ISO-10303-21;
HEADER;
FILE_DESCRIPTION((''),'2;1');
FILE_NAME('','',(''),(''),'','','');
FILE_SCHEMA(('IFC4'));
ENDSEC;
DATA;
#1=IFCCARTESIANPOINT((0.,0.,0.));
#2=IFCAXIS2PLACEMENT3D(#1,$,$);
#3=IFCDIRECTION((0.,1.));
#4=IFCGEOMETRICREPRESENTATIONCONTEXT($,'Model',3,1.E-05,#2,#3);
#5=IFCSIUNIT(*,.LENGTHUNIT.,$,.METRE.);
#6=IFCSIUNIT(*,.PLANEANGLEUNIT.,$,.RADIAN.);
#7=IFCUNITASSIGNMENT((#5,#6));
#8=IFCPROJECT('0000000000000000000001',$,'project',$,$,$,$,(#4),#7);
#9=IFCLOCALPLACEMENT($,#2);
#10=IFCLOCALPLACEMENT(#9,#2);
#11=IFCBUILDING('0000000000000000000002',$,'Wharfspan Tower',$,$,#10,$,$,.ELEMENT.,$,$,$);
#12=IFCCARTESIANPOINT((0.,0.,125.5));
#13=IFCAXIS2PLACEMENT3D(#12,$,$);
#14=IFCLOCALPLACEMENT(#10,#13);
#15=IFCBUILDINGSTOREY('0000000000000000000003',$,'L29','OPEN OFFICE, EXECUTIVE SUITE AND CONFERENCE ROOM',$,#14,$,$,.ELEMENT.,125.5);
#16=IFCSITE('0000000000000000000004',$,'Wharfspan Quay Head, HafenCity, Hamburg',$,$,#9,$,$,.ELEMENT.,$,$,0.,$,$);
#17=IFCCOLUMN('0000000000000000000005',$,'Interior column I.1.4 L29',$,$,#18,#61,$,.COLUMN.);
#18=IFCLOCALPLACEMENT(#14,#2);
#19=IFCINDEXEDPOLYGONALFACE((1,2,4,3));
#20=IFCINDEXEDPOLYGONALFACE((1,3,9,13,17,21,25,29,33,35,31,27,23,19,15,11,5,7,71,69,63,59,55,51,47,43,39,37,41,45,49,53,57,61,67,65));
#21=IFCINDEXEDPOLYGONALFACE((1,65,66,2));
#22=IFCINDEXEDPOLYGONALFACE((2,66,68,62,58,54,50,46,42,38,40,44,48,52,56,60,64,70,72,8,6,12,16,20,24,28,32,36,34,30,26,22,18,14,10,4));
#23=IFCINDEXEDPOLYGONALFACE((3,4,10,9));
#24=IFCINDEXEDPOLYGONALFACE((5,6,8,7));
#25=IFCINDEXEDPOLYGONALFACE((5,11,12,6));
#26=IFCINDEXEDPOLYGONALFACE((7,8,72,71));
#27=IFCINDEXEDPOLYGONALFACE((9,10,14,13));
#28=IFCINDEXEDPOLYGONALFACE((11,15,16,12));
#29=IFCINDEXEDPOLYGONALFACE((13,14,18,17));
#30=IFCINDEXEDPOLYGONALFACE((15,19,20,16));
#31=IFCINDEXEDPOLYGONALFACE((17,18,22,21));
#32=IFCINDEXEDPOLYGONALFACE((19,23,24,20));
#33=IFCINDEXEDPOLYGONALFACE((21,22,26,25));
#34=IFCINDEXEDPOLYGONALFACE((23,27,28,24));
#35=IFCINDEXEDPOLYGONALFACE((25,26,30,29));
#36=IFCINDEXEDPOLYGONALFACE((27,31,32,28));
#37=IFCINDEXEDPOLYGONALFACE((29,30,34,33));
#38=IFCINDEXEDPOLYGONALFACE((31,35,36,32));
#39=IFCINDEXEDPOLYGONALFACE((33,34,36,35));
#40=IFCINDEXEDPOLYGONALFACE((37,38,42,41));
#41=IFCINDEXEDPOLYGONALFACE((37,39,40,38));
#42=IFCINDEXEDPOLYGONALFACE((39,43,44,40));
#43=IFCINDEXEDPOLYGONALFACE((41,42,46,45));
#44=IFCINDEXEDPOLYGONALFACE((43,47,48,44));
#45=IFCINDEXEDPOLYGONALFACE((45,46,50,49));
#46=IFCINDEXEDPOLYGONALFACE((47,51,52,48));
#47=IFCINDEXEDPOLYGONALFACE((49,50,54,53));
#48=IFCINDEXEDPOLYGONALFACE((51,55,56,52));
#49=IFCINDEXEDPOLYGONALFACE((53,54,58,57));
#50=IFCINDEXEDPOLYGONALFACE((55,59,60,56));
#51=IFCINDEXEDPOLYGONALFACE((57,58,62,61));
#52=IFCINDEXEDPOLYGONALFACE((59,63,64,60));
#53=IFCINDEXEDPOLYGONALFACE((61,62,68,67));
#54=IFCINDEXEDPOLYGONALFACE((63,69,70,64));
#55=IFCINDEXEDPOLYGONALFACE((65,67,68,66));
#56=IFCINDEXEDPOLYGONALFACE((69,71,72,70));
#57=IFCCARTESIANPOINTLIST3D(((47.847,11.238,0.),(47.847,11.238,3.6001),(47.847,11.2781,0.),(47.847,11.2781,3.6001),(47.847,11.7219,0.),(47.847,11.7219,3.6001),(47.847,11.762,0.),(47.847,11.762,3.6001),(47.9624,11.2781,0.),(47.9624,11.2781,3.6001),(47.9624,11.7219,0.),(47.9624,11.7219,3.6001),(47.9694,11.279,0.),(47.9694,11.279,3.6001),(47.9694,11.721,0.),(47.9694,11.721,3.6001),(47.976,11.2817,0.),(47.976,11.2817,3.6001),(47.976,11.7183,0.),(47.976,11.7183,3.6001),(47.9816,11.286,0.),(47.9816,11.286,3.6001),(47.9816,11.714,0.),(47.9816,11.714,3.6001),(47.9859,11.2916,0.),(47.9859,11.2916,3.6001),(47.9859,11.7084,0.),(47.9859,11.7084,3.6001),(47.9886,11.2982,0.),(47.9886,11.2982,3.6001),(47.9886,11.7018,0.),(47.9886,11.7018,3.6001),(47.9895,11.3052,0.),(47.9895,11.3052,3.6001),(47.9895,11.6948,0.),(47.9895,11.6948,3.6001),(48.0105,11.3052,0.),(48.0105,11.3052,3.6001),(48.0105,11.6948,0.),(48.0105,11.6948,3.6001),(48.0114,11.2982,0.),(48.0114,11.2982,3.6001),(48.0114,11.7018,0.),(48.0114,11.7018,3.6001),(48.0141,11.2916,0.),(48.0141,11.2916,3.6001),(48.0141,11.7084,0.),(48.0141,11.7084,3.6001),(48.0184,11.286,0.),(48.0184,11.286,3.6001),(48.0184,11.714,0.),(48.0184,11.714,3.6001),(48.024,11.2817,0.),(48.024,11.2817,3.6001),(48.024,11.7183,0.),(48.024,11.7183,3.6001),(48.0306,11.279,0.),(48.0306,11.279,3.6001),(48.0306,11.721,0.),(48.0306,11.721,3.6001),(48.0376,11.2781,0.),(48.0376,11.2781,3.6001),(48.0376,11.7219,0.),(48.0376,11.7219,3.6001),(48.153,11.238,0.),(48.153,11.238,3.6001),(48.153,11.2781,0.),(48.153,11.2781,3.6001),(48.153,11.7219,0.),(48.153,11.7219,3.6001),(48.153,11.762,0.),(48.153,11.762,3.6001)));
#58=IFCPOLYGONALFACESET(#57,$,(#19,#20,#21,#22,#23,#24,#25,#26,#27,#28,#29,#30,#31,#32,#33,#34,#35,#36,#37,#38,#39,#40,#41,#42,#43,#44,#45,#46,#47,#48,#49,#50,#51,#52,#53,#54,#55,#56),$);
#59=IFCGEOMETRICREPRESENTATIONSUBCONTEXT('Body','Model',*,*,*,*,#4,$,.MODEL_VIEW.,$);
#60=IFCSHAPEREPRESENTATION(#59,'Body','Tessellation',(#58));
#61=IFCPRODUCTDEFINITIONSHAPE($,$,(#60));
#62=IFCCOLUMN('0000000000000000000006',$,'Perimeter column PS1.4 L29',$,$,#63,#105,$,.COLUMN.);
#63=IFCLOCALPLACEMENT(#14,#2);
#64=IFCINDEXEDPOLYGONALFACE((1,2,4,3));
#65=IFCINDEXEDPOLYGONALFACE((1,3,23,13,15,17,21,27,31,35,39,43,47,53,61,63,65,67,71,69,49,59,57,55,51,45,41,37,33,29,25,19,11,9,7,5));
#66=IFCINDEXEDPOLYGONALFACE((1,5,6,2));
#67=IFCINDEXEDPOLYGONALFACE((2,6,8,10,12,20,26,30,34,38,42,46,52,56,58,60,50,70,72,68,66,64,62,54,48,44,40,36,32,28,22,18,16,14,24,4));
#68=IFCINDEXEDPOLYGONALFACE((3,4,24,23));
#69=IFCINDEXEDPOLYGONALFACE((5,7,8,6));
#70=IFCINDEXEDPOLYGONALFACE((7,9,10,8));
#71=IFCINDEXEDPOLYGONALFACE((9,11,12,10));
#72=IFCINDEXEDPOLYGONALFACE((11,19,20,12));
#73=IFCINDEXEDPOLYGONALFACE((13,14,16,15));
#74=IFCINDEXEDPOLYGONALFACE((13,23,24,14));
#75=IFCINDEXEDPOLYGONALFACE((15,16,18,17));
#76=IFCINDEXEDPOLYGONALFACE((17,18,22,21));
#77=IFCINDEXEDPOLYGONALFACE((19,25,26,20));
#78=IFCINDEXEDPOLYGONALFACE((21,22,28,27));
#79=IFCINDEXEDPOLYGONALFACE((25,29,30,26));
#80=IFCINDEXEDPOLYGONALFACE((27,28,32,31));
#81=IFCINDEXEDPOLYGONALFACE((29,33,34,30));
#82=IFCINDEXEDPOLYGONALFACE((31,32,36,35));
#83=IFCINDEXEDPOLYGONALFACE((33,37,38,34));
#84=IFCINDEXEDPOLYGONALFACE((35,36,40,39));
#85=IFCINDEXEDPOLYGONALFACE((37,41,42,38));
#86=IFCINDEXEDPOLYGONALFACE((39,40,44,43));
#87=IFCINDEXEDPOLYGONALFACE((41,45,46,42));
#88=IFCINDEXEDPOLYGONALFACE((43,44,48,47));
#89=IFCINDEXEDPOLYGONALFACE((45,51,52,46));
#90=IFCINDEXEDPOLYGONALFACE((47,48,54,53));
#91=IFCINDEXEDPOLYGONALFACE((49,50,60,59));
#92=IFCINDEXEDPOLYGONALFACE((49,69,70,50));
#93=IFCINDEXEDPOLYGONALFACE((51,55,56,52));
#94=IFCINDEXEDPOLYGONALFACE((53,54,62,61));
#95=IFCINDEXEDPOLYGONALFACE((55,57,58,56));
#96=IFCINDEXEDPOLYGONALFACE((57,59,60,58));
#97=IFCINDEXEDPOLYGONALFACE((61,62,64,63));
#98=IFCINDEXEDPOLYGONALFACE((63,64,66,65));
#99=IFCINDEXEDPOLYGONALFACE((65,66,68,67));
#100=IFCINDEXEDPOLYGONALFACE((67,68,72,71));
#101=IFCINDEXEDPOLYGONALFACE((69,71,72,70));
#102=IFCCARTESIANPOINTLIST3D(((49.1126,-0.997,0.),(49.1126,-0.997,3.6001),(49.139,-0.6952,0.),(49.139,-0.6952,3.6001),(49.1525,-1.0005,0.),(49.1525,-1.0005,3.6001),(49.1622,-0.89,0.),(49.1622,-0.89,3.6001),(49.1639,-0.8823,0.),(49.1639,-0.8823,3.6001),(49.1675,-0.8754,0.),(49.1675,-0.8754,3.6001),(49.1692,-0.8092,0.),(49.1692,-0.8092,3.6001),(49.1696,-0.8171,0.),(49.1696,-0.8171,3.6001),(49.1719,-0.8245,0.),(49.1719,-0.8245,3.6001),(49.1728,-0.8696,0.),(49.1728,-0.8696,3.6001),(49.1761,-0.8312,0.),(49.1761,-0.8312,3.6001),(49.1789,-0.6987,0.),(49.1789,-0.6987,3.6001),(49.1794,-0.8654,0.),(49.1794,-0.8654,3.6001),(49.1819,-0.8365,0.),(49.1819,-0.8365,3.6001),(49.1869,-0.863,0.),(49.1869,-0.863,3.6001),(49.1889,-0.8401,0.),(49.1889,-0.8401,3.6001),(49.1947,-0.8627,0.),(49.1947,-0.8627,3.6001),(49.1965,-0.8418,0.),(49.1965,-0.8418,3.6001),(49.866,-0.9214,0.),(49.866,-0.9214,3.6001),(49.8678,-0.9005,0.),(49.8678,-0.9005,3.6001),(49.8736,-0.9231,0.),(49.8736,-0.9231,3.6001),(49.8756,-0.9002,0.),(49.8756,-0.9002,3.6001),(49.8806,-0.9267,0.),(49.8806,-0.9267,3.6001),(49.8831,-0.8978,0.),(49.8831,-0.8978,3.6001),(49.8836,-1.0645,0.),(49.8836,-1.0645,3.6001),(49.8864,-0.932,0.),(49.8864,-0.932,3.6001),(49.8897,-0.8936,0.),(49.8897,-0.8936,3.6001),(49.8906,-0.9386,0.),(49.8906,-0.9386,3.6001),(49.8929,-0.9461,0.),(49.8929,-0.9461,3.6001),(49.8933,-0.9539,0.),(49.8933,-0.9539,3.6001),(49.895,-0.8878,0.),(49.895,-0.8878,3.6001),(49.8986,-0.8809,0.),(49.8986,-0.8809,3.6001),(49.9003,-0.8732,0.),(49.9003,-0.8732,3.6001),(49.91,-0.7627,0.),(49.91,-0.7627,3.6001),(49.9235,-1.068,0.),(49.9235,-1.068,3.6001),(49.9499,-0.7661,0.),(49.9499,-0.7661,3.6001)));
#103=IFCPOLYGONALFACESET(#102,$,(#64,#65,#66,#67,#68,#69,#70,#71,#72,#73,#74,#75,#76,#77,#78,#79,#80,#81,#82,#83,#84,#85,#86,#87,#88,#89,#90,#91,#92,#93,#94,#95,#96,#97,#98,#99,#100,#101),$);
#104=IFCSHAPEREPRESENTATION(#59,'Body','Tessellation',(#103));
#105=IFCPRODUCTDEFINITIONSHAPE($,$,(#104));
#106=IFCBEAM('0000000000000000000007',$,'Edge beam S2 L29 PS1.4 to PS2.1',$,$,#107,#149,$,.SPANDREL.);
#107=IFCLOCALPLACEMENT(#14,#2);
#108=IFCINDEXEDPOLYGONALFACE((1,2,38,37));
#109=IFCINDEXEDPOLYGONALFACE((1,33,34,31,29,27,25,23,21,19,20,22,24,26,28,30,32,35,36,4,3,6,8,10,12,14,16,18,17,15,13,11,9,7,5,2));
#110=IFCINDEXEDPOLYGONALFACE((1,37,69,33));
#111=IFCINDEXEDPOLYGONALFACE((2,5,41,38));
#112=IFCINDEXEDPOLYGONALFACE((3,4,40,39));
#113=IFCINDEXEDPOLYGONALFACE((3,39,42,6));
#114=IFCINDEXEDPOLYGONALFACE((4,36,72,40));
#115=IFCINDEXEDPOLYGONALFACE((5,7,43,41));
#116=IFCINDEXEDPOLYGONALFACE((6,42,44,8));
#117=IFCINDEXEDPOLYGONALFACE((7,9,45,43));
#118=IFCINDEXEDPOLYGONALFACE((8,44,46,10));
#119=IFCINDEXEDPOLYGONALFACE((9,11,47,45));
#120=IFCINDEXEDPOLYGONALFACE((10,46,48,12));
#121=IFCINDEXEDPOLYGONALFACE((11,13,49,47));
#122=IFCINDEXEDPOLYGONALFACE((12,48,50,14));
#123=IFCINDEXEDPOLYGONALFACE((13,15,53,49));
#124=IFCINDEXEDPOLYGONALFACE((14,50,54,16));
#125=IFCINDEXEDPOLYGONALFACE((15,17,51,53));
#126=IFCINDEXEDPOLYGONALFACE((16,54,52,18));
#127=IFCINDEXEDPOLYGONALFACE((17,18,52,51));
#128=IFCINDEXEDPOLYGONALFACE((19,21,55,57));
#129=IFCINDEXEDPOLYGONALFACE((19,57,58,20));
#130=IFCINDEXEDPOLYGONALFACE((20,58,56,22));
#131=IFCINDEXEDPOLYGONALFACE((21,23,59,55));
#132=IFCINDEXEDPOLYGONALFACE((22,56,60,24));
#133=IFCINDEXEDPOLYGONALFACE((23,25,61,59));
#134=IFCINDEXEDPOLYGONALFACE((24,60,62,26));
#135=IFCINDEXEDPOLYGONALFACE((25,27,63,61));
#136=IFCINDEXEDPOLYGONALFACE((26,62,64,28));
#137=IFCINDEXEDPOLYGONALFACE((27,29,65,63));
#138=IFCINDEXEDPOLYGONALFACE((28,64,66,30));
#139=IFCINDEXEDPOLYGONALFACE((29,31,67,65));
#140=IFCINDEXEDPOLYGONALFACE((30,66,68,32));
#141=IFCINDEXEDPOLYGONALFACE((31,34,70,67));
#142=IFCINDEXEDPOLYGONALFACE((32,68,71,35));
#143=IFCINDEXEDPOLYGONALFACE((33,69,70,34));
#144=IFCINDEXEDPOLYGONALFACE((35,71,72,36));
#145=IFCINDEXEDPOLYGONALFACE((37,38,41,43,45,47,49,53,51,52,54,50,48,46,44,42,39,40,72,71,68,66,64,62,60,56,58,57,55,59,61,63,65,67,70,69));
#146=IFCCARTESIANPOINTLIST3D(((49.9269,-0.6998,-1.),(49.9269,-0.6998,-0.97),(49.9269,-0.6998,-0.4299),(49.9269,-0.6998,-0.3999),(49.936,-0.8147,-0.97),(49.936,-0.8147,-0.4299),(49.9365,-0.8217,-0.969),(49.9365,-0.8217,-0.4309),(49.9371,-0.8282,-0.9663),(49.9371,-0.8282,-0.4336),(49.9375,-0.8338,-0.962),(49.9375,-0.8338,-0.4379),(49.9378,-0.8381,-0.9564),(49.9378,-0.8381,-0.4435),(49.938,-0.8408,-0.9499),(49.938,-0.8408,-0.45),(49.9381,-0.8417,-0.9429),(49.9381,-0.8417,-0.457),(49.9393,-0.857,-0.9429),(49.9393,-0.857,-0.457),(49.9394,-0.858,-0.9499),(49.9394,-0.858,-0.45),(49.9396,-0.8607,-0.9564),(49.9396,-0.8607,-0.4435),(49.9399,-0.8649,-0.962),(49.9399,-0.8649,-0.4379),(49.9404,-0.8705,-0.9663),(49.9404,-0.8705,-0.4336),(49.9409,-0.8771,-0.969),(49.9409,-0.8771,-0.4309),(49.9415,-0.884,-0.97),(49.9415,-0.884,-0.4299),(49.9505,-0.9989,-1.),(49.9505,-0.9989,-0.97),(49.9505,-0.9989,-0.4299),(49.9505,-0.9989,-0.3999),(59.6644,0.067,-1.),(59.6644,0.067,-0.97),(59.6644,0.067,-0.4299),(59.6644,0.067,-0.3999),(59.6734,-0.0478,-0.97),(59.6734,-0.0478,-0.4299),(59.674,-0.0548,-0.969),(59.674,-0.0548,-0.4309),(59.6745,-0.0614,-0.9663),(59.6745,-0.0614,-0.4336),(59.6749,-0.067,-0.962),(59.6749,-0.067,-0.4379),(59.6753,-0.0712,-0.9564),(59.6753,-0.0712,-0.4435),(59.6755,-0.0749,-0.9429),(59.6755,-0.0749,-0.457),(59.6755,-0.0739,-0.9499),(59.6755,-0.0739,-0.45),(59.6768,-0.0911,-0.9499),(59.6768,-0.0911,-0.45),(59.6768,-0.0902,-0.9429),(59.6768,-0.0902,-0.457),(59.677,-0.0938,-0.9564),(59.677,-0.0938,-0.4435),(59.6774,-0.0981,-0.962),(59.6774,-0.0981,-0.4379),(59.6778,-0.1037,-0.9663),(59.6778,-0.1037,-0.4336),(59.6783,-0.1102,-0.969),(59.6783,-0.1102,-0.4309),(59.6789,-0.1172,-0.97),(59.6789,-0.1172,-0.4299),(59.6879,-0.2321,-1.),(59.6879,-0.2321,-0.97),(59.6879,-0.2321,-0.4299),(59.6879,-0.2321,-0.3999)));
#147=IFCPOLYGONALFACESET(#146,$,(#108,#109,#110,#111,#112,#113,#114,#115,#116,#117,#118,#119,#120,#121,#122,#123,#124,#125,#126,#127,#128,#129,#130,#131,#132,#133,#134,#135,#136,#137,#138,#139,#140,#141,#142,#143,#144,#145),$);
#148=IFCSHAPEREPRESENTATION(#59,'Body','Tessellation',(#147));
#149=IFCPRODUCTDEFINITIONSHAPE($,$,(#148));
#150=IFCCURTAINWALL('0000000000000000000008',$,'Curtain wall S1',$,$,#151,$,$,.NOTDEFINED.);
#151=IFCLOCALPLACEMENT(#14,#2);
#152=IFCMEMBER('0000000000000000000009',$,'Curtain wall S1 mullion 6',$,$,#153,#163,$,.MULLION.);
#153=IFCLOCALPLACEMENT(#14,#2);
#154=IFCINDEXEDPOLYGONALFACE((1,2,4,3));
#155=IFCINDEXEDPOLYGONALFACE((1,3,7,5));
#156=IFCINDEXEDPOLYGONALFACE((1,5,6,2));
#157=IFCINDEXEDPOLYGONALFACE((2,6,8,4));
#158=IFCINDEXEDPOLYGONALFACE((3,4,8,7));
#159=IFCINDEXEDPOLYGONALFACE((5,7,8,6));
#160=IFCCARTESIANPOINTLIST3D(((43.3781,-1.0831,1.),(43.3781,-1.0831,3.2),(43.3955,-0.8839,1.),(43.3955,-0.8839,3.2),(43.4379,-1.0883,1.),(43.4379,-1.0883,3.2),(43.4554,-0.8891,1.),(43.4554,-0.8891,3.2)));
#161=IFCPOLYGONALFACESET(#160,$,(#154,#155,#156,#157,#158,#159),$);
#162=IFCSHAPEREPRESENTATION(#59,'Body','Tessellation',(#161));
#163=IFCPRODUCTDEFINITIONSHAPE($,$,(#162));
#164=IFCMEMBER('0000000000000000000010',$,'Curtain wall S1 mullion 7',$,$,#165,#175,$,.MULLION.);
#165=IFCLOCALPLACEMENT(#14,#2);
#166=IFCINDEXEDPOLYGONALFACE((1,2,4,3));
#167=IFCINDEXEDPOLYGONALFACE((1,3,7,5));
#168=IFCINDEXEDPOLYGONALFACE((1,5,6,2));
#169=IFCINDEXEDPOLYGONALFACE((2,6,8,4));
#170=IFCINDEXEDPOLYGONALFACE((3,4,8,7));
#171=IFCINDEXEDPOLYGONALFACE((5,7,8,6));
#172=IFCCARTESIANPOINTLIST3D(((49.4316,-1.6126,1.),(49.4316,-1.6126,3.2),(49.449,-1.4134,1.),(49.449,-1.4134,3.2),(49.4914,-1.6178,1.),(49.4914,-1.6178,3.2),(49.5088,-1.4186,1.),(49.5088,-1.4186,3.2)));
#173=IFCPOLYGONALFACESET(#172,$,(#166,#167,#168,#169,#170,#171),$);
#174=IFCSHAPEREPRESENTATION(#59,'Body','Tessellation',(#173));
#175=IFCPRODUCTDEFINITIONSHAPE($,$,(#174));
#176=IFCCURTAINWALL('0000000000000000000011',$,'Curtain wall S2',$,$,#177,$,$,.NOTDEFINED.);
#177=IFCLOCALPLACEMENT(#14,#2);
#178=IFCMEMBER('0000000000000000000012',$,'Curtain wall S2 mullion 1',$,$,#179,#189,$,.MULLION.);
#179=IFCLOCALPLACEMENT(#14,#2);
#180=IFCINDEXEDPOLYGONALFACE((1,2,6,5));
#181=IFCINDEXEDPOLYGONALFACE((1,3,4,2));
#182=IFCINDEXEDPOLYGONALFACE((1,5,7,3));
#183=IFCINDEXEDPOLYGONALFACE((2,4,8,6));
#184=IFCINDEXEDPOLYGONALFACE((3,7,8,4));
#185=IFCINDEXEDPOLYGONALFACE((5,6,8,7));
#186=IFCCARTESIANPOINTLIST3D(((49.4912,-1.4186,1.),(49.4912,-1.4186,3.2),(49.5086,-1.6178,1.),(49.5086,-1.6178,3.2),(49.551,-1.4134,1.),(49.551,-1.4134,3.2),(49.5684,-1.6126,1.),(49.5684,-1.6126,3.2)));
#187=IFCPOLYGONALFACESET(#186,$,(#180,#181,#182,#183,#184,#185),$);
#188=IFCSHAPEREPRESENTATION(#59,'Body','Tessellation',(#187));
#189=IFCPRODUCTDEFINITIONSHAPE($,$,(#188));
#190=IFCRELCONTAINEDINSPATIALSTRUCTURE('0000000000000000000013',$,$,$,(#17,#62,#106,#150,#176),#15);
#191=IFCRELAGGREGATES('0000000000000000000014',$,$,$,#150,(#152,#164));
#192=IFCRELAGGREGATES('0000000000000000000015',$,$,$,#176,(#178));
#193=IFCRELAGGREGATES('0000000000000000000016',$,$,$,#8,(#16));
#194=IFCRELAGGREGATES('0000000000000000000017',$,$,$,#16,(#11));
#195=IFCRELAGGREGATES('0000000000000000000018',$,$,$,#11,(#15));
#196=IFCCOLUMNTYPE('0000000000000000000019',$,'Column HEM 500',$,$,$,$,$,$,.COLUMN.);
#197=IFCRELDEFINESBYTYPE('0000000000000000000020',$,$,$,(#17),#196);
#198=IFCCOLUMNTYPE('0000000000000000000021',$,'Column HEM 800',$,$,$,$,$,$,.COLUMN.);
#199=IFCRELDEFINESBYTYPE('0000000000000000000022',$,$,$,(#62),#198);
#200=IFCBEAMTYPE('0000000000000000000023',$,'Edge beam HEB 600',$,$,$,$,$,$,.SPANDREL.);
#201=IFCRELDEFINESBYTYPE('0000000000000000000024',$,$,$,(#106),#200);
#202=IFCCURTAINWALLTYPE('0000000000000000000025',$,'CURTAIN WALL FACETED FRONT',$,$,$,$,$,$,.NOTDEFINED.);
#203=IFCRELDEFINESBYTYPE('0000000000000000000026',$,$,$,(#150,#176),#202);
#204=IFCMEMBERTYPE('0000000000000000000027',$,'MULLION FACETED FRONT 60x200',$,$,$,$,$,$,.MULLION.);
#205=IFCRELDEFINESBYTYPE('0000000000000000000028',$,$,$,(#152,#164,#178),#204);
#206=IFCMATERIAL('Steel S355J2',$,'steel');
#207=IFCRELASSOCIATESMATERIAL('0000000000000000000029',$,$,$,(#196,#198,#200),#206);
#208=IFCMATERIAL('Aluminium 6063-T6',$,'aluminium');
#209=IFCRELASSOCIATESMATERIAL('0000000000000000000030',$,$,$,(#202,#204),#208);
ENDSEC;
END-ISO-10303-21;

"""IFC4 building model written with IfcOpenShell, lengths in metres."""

from ifc_helpers import new_model, si_unit, direction, frame, origin, origin_2d, place, context, subcontext, project, spatial, rectangle, i_section, extrude, material, material_profile, profile_set, type_object, element, aggregate, save


model = new_model("IFC4")

# Units and contexts
model_context = context("Model", 3, precision=1e-05, world=origin(), true_north=direction((0.0, 1.0)))
body_context = subcontext(model_context, "Body", "Model", "MODEL_VIEW")
ifc_project = project(units=[si_unit("LENGTHUNIT", "METRE"), si_unit("PLANEANGLEUNIT", "RADIAN")], contexts=[model_context])

# Site, building, storey
site_placement = place(None, origin())
site = spatial("IfcSite", under=ifc_project, at=site_placement, Name="Wharfspan Quay Head, HafenCity, Hamburg", CompositionType="ELEMENT", RefElevation=0.0)
building_placement = place(site_placement, origin())
building = spatial("IfcBuilding", under=site, at=building_placement, Name="Wharfspan Tower", CompositionType="ELEMENT")
storey_placement = place(building_placement, frame((0.0, 0.0, 125.5)))
storey = spatial("IfcBuildingStorey", under=building, at=storey_placement, Name="L29", Description="OPEN OFFICE, EXECUTIVE SUITE AND CONFERENCE ROOM", CompositionType="ELEMENT", Elevation=125.5)

# Columns
ifc_material_1 = material(Name="Steel S355J2", Category="steel")
ifc_material_profile_1 = material_profile(ifc_material_1, i_section(OverallWidth=0.3059, OverallDepth=0.5239, WebThickness=0.021, FlangeThickness=0.04, FilletRadius=0.0271, at=origin_2d()))
ifc_profile_set_1 = profile_set([ifc_material_profile_1], Name="Steel S355J2")
column_type_1 = type_object("IfcColumnType", Name="Column HEM 500", PredefinedType="COLUMN", material=ifc_profile_set_1)
column_1_placement = place(storey_placement, frame((48.0, 11.5, 0.0), z_axis=(0.0, 0.0, 1.0), x_axis=(1.0, 0.0, 0.0)))
element("IfcColumn", 1, at=column_1_placement, inside=storey, type_object=column_type_1, Name="Interior column I.1.4 L29", PredefinedType="COLUMN", context=body_context, shape_type="SweptSolid", body=[
    extrude(i_section(OverallWidth=0.3059, OverallDepth=0.5239, WebThickness=0.021, FlangeThickness=0.04, FilletRadius=0.0271, at=origin_2d()), origin(), (0.0, 0.0, 1.0), 3.6001),
])
ifc_material_profile_2 = material_profile(ifc_material_1, i_section(OverallWidth=0.303, OverallDepth=0.814, WebThickness=0.021, FlangeThickness=0.04, FilletRadius=0.03, at=origin_2d()))
ifc_profile_set_2 = profile_set([ifc_material_profile_2], Name="Steel S355J2")
column_type_2 = type_object("IfcColumnType", Name="Column HEM 800", PredefinedType="COLUMN", material=ifc_profile_set_2)
column_2_placement = place(storey_placement, frame((49.5312, -0.8816, 0.0), z_axis=(0.0, 0.0, 1.0), x_axis=(-0.087156, -0.996198, 0.0)))
element("IfcColumn", 2, at=column_2_placement, inside=storey, type_object=column_type_2, Name="Perimeter column PS1.4 L29", PredefinedType="COLUMN", context=body_context, shape_type="SweptSolid", body=[
    extrude(i_section(OverallWidth=0.303, OverallDepth=0.814, WebThickness=0.021, FlangeThickness=0.04, FilletRadius=0.03, at=origin_2d()), origin(), (0.0, 0.0, 1.0), 3.6001),
])

# Beam
ifc_material_profile_3 = material_profile(ifc_material_1, i_section(OverallWidth=0.3, OverallDepth=0.6001, WebThickness=0.0154, FlangeThickness=0.03, FilletRadius=0.0271, at=origin_2d()))
ifc_profile_set_3 = profile_set([ifc_material_profile_3], Name="Steel S355J2")
beam_type = type_object("IfcBeamType", Name="Edge beam HEB 600", PredefinedType="SPANDREL", material=ifc_profile_set_3)
beam_placement = place(storey_placement, frame((49.9387, -0.8494, -0.7), z_axis=(0.996913, 0.078508, 0.0), x_axis=(-0.078508, 0.996913, 0.0)))
element("IfcBeam", 3, at=beam_placement, inside=storey, type_object=beam_type, Name="Edge beam S2 L29 PS1.4 to PS2.1", PredefinedType="SPANDREL", context=body_context, shape_type="SweptSolid", body=[
    extrude(i_section(OverallWidth=0.3, OverallDepth=0.6001, WebThickness=0.0154, FlangeThickness=0.03, FilletRadius=0.0271, at=origin_2d()), origin(), (0.0, 0.0, 1.0), 9.7676),
])

# Curtain walls, members
ifc_material_2 = material(Name="Aluminium 6063-T6", Category="aluminium")
curtain_wall_type = type_object("IfcCurtainWallType", Name="CURTAIN WALL FACETED FRONT", PredefinedType="NOTDEFINED", material=ifc_material_2)
curtain_wall_1_placement = place(storey_placement, origin())
curtain_wall_1 = element("IfcCurtainWall", 4, at=curtain_wall_1_placement, inside=storey, type_object=curtain_wall_type, Name="Curtain wall S1", PredefinedType="NOTDEFINED")
ifc_material_profile_4 = material_profile(ifc_material_2, rectangle(XDim=0.2, YDim=0.0601, at=origin_2d()))
ifc_profile_set_4 = profile_set([ifc_material_profile_4], Name="Aluminium 6063-T6")
member_type_1 = type_object("IfcMemberType", Name="MULLION FACETED FRONT 60x200", PredefinedType="MULLION", material=ifc_profile_set_4)
member_1_placement = place(storey_placement, frame((43.4167, -0.9861, 1.0), z_axis=(0.0, 0.0, 1.0), x_axis=(0.087156, 0.996198, 0.0)))
member_1 = element("IfcMember", 5, at=member_1_placement, type_object=member_type_1, Name="Curtain wall S1 mullion 6", PredefinedType="MULLION", context=body_context, shape_type="SweptSolid", body=[
    extrude(rectangle(XDim=0.2, YDim=0.0601, at=origin_2d()), origin(), (0.0, 0.0, 1.0), 2.2),
])
member_2_placement = place(storey_placement, frame((49.4702, -1.5156, 1.0), z_axis=(0.0, 0.0, 1.0), x_axis=(0.087156, 0.996198, 0.0)))
member_2 = element("IfcMember", 6, at=member_2_placement, type_object=member_type_1, Name="Curtain wall S1 mullion 7", PredefinedType="MULLION", context=body_context, shape_type="SweptSolid", body=[
    extrude(rectangle(XDim=0.2, YDim=0.0601, at=origin_2d()), origin(), (0.0, 0.0, 1.0), 2.2),
])
curtain_wall_2_placement = place(storey_placement, origin())
curtain_wall_2 = element("IfcCurtainWall", 7, at=curtain_wall_2_placement, inside=storey, type_object=curtain_wall_type, Name="Curtain wall S2", PredefinedType="NOTDEFINED")
member_3_placement = place(storey_placement, frame((49.5298, -1.5156, 1.0), z_axis=(0.0, 0.0, 1.0), x_axis=(-0.087156, 0.996198, 0.0)))
member_3 = element("IfcMember", 8, at=member_3_placement, type_object=member_type_1, Name="Curtain wall S2 mullion 1", PredefinedType="MULLION", context=body_context, shape_type="SweptSolid", body=[
    extrude(rectangle(XDim=0.2, YDim=0.0601, at=origin_2d()), origin(), (0.0, 0.0, 1.0), 2.2),
])

aggregate(curtain_wall_1, [member_1, member_2])
aggregate(curtain_wall_2, [member_3])

save(model, "model.ifc")
